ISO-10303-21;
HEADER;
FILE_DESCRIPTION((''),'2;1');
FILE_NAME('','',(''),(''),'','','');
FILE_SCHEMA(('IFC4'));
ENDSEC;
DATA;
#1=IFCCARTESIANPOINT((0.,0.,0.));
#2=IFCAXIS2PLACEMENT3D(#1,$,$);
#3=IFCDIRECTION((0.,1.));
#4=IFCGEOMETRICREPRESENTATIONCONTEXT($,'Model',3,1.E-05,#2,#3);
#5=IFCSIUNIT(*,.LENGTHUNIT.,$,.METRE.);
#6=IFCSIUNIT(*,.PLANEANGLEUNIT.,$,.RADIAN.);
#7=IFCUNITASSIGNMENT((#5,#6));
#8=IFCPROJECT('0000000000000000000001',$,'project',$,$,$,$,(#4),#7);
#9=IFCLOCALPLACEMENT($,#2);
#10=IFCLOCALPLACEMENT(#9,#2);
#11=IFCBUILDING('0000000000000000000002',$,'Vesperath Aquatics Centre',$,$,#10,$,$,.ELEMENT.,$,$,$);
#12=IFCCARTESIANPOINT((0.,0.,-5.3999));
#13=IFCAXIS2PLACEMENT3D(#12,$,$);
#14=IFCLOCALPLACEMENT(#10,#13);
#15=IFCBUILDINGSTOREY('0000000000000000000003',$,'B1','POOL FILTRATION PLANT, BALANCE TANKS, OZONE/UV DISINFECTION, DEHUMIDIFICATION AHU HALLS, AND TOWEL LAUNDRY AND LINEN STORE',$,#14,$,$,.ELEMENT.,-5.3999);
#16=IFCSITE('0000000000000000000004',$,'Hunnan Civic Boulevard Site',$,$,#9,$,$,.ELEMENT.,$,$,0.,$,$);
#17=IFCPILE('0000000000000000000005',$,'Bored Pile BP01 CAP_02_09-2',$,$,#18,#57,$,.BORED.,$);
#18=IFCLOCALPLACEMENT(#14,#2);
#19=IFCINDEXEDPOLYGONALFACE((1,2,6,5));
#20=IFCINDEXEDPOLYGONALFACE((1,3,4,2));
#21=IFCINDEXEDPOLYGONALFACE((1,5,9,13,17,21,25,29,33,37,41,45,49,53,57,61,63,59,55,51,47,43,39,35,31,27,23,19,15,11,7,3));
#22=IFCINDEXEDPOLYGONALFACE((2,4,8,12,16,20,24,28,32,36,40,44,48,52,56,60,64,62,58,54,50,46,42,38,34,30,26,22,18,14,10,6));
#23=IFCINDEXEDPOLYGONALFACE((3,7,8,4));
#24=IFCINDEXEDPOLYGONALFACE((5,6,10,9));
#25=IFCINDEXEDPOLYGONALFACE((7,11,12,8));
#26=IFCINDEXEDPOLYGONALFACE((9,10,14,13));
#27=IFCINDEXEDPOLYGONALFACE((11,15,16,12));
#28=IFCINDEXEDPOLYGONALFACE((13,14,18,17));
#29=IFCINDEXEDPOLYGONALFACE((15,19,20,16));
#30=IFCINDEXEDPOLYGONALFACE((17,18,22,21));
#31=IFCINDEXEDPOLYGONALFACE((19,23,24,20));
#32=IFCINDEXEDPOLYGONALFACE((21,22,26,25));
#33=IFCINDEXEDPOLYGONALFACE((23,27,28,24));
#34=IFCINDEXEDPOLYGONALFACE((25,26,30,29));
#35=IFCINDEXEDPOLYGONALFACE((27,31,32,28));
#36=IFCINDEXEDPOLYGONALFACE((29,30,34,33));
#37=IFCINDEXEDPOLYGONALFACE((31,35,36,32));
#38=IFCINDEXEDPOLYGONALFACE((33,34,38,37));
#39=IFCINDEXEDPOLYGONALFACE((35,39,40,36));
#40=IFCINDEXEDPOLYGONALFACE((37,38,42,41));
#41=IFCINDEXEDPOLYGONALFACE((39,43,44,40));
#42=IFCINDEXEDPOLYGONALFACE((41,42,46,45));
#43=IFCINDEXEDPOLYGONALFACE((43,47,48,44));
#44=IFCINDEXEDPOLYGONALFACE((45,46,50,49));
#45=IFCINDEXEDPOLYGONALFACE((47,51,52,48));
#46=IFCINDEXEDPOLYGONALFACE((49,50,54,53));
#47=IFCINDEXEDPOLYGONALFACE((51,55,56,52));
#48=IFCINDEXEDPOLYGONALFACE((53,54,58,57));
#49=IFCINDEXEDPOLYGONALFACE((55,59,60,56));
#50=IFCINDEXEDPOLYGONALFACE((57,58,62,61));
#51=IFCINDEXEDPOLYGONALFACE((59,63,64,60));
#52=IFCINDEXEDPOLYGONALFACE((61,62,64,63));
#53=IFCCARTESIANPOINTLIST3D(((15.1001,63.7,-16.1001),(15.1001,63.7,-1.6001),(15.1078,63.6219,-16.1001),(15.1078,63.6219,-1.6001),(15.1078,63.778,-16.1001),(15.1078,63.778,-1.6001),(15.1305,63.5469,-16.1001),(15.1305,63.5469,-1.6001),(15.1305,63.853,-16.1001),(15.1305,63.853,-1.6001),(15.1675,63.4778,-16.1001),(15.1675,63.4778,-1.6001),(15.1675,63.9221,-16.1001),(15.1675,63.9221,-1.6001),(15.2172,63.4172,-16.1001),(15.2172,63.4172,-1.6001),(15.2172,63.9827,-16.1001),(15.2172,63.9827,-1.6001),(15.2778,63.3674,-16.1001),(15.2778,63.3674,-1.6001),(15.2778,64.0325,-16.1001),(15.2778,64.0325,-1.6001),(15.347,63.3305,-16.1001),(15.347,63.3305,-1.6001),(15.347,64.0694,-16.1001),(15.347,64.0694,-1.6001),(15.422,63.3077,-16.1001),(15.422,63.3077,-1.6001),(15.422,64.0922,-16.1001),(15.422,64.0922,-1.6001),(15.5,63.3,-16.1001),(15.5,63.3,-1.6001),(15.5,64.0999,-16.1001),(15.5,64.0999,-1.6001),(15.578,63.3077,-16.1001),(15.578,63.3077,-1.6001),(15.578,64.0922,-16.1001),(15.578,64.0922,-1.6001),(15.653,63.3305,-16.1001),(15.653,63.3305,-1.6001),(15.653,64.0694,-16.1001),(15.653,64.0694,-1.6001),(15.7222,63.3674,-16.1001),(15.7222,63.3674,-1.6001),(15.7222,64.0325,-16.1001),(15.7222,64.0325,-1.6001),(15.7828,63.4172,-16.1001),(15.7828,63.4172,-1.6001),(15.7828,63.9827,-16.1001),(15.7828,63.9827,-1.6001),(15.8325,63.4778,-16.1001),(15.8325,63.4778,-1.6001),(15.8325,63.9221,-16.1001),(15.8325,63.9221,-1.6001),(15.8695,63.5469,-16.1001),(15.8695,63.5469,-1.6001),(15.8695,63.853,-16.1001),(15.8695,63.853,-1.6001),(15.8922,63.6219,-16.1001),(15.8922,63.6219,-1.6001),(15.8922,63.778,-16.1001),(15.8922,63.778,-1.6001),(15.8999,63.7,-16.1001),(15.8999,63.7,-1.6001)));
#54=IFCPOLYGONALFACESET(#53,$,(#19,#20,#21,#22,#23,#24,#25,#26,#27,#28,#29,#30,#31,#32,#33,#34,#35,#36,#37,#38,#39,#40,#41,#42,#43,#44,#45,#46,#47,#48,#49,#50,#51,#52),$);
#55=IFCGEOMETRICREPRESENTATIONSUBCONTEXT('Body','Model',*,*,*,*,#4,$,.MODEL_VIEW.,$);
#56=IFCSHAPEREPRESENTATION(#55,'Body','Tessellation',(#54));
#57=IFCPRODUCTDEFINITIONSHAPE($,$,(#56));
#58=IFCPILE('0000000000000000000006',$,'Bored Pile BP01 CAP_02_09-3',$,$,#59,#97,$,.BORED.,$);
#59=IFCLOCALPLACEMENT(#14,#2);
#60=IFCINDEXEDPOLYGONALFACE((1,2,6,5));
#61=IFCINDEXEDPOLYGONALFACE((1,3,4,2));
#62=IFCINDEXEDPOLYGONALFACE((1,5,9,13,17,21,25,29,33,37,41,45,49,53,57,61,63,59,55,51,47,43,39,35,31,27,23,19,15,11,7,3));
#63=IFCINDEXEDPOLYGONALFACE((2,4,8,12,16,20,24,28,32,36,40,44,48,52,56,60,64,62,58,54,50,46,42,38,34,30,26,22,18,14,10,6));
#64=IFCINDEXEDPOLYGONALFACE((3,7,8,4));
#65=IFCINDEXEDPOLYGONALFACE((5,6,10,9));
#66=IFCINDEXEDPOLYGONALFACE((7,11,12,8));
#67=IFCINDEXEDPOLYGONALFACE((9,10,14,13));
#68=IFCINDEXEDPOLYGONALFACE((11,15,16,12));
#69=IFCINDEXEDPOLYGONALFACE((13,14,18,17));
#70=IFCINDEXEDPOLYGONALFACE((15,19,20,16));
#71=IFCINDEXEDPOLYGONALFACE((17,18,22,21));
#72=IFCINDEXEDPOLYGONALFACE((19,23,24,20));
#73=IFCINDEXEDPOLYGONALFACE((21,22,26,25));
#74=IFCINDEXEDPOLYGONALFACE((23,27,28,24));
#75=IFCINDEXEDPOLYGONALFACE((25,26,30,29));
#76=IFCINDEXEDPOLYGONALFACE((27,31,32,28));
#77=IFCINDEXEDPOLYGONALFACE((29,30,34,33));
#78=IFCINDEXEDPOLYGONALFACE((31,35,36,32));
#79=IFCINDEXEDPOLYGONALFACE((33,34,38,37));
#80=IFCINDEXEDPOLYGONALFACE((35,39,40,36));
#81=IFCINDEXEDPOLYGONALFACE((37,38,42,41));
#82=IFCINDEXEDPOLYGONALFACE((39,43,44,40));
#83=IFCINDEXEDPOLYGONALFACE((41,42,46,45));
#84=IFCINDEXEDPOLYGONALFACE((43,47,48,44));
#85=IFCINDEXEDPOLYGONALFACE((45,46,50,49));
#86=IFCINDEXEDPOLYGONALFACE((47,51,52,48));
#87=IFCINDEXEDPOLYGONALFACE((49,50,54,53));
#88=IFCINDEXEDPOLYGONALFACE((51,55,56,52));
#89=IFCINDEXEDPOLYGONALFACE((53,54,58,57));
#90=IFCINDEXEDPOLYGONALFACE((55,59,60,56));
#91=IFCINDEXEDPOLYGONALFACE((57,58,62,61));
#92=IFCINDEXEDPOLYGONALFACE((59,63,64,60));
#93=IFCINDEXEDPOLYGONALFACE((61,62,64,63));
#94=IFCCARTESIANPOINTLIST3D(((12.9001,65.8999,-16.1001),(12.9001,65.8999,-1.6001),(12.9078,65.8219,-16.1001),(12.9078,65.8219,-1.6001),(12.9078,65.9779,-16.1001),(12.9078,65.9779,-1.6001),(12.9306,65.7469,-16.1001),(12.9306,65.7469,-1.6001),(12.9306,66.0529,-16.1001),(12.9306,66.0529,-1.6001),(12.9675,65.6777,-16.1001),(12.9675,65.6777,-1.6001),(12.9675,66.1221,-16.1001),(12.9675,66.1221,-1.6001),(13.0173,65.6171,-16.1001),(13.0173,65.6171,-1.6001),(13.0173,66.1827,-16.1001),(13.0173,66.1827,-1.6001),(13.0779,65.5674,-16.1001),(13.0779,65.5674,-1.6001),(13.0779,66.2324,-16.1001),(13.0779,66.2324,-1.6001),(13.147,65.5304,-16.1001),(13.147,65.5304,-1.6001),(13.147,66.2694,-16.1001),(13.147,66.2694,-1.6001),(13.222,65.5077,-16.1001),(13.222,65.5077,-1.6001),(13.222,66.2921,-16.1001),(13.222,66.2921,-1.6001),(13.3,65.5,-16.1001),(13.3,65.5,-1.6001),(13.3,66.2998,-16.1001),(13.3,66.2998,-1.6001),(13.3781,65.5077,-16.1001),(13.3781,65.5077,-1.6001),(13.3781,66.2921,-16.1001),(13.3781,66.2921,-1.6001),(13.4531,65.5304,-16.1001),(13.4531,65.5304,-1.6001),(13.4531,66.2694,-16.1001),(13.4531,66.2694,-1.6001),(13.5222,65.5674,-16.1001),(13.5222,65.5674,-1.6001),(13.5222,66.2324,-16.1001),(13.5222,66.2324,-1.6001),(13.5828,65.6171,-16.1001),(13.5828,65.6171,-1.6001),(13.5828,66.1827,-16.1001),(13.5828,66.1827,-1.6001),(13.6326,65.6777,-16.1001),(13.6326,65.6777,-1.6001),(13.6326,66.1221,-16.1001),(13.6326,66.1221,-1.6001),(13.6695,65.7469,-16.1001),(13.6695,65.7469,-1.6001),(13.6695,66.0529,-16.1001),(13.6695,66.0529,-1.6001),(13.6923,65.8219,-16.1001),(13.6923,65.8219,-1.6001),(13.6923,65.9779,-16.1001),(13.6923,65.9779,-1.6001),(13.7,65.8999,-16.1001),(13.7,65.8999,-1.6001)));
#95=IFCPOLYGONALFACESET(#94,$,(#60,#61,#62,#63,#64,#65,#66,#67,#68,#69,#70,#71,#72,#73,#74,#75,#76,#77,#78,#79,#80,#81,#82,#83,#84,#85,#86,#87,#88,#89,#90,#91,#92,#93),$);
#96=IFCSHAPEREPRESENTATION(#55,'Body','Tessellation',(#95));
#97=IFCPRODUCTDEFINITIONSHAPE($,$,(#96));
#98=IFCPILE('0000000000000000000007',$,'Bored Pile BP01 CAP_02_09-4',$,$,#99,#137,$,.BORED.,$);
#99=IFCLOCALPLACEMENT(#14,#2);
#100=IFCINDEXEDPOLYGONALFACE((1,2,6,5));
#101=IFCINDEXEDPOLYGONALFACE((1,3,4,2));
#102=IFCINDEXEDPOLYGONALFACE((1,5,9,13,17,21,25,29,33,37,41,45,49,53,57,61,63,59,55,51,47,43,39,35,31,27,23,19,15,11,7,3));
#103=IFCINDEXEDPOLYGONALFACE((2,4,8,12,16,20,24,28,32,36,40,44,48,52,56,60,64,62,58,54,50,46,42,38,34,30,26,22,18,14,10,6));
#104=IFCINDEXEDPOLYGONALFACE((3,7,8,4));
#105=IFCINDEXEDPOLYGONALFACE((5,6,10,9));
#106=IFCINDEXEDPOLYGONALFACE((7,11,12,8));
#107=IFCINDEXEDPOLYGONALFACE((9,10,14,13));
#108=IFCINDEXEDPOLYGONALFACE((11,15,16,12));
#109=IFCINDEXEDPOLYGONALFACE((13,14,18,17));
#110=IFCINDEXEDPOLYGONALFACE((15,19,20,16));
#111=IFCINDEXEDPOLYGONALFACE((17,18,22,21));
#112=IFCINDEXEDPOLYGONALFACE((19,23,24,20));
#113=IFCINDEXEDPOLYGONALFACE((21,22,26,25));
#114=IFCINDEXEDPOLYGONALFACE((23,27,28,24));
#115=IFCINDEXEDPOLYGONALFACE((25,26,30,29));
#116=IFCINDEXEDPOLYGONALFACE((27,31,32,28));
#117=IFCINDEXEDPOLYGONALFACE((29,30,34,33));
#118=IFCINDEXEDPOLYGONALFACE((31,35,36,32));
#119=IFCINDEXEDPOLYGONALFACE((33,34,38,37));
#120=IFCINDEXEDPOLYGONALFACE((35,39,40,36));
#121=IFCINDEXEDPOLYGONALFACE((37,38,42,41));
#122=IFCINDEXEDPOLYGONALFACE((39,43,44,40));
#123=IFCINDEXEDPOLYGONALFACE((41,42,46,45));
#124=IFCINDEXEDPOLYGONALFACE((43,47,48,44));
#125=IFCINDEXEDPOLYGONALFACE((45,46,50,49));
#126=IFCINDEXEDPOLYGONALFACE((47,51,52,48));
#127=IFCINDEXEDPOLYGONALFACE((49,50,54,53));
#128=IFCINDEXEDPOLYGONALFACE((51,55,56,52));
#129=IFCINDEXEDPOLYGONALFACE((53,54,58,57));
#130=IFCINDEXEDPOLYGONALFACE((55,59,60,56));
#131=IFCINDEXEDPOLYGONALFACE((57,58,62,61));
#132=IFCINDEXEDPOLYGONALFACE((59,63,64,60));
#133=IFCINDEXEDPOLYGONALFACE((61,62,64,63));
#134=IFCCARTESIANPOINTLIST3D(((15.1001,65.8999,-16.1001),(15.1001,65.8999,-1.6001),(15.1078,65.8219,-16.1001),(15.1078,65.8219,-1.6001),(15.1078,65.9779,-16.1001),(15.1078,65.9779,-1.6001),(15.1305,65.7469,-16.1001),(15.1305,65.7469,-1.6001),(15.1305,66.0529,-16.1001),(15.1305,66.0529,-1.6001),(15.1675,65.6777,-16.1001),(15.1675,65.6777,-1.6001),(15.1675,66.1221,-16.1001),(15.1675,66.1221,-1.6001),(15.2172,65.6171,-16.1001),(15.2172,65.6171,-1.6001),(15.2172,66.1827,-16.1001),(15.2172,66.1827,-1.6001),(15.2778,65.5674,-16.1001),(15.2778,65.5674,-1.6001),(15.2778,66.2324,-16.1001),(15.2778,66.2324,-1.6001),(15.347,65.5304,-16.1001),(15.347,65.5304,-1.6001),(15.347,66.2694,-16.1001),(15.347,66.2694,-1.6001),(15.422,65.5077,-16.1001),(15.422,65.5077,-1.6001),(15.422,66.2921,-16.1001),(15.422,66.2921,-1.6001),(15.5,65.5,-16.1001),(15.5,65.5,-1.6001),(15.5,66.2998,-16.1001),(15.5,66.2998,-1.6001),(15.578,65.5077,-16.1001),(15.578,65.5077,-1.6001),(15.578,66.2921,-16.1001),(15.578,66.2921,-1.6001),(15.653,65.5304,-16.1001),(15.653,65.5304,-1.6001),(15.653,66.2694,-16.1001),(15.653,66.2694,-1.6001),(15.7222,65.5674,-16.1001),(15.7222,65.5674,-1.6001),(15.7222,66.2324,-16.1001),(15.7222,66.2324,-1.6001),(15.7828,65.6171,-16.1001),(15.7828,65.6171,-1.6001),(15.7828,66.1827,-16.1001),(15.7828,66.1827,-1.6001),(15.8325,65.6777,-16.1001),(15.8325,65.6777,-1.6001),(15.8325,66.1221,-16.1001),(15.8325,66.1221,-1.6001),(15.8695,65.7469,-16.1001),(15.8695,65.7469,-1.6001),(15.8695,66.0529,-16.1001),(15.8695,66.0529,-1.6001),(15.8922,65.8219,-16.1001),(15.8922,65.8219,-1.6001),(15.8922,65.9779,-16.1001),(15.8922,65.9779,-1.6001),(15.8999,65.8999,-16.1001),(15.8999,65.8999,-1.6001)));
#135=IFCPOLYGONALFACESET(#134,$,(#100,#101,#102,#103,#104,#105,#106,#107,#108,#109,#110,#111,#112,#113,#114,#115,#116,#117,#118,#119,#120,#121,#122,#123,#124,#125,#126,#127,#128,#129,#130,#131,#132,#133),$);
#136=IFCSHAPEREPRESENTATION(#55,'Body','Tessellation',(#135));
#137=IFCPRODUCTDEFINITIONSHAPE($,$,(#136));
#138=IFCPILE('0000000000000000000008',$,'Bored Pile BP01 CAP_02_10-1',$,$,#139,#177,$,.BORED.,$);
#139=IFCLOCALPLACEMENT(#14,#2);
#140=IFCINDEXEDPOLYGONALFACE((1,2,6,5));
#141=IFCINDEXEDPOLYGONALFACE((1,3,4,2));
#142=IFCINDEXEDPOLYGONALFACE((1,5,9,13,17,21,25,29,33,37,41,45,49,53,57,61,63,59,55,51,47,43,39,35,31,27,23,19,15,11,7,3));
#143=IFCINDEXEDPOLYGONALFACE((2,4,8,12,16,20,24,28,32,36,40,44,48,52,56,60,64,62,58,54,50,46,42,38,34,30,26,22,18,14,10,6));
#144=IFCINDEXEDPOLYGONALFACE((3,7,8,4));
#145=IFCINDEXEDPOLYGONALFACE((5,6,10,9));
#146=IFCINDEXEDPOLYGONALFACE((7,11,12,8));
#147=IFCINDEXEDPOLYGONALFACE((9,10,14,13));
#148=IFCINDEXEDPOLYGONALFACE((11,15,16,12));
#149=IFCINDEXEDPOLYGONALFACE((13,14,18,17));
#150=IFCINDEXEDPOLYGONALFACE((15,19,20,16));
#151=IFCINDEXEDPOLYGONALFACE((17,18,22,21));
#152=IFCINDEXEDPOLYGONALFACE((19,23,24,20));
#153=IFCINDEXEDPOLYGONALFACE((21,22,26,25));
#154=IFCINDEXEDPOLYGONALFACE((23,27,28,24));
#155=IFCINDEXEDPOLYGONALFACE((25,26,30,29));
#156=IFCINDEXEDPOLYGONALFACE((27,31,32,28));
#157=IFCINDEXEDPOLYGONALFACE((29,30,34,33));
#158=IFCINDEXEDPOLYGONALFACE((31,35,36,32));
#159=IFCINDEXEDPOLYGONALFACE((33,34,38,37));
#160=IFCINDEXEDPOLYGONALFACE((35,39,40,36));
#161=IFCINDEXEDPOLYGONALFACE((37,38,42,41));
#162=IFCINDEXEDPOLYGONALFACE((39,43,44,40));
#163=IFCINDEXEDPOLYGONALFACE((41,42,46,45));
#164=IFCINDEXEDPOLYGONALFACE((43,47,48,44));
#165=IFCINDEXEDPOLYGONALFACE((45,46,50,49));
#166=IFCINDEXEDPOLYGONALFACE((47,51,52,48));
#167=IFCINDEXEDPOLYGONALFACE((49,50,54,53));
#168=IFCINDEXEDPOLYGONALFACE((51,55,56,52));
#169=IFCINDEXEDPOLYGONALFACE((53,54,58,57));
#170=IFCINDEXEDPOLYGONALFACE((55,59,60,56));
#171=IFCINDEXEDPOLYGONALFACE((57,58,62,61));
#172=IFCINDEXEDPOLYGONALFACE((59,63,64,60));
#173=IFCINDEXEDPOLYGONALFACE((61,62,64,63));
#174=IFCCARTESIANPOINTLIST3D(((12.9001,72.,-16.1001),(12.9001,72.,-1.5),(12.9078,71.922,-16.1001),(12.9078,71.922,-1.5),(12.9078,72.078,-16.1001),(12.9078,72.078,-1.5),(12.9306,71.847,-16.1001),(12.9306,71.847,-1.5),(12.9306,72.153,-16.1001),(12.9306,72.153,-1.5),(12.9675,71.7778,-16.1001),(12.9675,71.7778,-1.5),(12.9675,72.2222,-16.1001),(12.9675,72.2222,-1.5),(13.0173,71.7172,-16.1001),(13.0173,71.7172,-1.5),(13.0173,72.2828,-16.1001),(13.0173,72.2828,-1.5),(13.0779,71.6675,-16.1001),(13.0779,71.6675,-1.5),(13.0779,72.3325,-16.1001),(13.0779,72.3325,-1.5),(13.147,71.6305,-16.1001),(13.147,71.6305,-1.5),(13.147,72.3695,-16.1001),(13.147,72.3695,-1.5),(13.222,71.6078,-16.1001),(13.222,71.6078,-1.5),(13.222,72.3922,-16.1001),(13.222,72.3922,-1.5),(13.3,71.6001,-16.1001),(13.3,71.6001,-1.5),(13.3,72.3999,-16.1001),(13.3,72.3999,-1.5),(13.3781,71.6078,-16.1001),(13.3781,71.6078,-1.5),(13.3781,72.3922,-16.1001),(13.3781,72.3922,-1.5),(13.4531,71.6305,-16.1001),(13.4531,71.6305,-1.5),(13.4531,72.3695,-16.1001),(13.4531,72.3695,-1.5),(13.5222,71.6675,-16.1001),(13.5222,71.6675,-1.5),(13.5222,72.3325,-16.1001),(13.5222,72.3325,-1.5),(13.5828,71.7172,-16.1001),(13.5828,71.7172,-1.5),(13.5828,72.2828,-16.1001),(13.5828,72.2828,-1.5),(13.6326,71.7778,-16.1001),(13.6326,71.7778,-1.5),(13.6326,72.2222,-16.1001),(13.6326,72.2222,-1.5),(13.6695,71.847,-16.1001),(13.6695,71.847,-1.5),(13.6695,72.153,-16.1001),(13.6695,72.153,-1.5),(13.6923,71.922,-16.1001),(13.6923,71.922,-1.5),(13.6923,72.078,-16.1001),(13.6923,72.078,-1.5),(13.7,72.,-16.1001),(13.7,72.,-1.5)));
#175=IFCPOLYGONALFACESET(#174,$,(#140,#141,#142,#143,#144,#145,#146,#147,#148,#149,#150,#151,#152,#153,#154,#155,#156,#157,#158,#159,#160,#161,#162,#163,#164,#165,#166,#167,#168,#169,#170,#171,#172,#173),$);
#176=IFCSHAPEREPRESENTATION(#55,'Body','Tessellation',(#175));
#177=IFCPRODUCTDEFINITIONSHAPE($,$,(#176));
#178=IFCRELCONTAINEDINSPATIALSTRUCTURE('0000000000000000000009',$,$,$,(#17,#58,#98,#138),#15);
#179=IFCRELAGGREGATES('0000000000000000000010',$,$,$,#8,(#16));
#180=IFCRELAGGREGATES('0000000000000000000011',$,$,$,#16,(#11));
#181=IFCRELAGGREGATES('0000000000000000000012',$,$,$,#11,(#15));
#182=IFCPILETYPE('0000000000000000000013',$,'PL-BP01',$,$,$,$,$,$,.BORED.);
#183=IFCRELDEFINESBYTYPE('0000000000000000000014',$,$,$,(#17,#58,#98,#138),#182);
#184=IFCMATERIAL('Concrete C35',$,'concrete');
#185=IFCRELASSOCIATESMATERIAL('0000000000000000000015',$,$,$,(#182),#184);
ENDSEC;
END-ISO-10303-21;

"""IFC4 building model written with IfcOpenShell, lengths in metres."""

from ifc_helpers import new_model, si_unit, direction, frame, origin, origin_2d, place, context, subcontext, project, spatial, circle, extrude, material, material_profile, profile_set, type_object, element, save


model = new_model("IFC4")

# Units and contexts
model_context = context("Model", 3, precision=1e-05, world=origin(), true_north=direction((0.0, 1.0)))
body_context = subcontext(model_context, "Body", "Model", "MODEL_VIEW")
ifc_project = project(units=[si_unit("LENGTHUNIT", "METRE"), si_unit("PLANEANGLEUNIT", "RADIAN")], contexts=[model_context])

# Site, building, storey
site_placement = place(None, origin())
site = spatial("IfcSite", under=ifc_project, at=site_placement, Name="Hunnan Civic Boulevard Site", CompositionType="ELEMENT", RefElevation=0.0)
building_placement = place(site_placement, origin())
building = spatial("IfcBuilding", under=site, at=building_placement, Name="Vesperath Aquatics Centre", CompositionType="ELEMENT")
storey_placement = place(building_placement, frame((0.0, 0.0, -5.3999)))
storey = spatial("IfcBuildingStorey", under=building, at=storey_placement, Name="B1", Description="POOL FILTRATION PLANT, BALANCE TANKS, OZONE/UV DISINFECTION, DEHUMIDIFICATION AHU HALLS, AND TOWEL LAUNDRY AND LINEN STORE", CompositionType="ELEMENT", Elevation=-5.3999)

# Piles
ifc_material_1 = material(Name="Concrete C35", Category="concrete")
ifc_material_profile_1 = material_profile(ifc_material_1, circle(Radius=0.3999, at=origin_2d()), Name="PILE D800")
ifc_profile_set_1 = profile_set([ifc_material_profile_1], Name="Concrete C35")
pile_type = type_object("IfcPileType", Name="PL-BP01", PredefinedType="BORED", material=ifc_profile_set_1)
for number, where, z_axis, x_axis, name in (
    (1, (15.5, 63.7, -1.6001), (0.0, 0.0, -1.0), (1.0, 0.0, 0.0), "Bored Pile BP01 CAP_02_09-2"),
    (2, (13.3, 65.8999, -1.6001), (0.0, 0.0, -1.0), (1.0, 0.0, 0.0), "Bored Pile BP01 CAP_02_09-3"),
    (3, (15.5, 65.8999, -1.6001), (0.0, 0.0, -1.0), (1.0, 0.0, 0.0), "Bored Pile BP01 CAP_02_09-4"),
):
    element("IfcPile", number, at=place(storey_placement, frame(where, z_axis=z_axis, x_axis=x_axis)), inside=storey, type_object=pile_type, Name=name, PredefinedType="BORED", context=body_context, shape_type="SweptSolid", body=[
        extrude(circle(Radius=0.3999, at=origin_2d()), origin(), (0.0, 0.0, 1.0), 14.5),
    ])
for number, where, z_axis, x_axis, name in (
    (4, (13.3, 72.0, -1.5), (0.0, 0.0, -1.0), (1.0, 0.0, 0.0), "Bored Pile BP01 CAP_02_10-1"),
):
    element("IfcPile", number, at=place(storey_placement, frame(where, z_axis=z_axis, x_axis=x_axis)), inside=storey, type_object=pile_type, Name=name, PredefinedType="BORED", context=body_context, shape_type="SweptSolid", body=[
        extrude(circle(Radius=0.3999, at=origin_2d()), origin(), (0.0, 0.0, 1.0), 14.6001),
    ])

save(model, "model.ifc")
